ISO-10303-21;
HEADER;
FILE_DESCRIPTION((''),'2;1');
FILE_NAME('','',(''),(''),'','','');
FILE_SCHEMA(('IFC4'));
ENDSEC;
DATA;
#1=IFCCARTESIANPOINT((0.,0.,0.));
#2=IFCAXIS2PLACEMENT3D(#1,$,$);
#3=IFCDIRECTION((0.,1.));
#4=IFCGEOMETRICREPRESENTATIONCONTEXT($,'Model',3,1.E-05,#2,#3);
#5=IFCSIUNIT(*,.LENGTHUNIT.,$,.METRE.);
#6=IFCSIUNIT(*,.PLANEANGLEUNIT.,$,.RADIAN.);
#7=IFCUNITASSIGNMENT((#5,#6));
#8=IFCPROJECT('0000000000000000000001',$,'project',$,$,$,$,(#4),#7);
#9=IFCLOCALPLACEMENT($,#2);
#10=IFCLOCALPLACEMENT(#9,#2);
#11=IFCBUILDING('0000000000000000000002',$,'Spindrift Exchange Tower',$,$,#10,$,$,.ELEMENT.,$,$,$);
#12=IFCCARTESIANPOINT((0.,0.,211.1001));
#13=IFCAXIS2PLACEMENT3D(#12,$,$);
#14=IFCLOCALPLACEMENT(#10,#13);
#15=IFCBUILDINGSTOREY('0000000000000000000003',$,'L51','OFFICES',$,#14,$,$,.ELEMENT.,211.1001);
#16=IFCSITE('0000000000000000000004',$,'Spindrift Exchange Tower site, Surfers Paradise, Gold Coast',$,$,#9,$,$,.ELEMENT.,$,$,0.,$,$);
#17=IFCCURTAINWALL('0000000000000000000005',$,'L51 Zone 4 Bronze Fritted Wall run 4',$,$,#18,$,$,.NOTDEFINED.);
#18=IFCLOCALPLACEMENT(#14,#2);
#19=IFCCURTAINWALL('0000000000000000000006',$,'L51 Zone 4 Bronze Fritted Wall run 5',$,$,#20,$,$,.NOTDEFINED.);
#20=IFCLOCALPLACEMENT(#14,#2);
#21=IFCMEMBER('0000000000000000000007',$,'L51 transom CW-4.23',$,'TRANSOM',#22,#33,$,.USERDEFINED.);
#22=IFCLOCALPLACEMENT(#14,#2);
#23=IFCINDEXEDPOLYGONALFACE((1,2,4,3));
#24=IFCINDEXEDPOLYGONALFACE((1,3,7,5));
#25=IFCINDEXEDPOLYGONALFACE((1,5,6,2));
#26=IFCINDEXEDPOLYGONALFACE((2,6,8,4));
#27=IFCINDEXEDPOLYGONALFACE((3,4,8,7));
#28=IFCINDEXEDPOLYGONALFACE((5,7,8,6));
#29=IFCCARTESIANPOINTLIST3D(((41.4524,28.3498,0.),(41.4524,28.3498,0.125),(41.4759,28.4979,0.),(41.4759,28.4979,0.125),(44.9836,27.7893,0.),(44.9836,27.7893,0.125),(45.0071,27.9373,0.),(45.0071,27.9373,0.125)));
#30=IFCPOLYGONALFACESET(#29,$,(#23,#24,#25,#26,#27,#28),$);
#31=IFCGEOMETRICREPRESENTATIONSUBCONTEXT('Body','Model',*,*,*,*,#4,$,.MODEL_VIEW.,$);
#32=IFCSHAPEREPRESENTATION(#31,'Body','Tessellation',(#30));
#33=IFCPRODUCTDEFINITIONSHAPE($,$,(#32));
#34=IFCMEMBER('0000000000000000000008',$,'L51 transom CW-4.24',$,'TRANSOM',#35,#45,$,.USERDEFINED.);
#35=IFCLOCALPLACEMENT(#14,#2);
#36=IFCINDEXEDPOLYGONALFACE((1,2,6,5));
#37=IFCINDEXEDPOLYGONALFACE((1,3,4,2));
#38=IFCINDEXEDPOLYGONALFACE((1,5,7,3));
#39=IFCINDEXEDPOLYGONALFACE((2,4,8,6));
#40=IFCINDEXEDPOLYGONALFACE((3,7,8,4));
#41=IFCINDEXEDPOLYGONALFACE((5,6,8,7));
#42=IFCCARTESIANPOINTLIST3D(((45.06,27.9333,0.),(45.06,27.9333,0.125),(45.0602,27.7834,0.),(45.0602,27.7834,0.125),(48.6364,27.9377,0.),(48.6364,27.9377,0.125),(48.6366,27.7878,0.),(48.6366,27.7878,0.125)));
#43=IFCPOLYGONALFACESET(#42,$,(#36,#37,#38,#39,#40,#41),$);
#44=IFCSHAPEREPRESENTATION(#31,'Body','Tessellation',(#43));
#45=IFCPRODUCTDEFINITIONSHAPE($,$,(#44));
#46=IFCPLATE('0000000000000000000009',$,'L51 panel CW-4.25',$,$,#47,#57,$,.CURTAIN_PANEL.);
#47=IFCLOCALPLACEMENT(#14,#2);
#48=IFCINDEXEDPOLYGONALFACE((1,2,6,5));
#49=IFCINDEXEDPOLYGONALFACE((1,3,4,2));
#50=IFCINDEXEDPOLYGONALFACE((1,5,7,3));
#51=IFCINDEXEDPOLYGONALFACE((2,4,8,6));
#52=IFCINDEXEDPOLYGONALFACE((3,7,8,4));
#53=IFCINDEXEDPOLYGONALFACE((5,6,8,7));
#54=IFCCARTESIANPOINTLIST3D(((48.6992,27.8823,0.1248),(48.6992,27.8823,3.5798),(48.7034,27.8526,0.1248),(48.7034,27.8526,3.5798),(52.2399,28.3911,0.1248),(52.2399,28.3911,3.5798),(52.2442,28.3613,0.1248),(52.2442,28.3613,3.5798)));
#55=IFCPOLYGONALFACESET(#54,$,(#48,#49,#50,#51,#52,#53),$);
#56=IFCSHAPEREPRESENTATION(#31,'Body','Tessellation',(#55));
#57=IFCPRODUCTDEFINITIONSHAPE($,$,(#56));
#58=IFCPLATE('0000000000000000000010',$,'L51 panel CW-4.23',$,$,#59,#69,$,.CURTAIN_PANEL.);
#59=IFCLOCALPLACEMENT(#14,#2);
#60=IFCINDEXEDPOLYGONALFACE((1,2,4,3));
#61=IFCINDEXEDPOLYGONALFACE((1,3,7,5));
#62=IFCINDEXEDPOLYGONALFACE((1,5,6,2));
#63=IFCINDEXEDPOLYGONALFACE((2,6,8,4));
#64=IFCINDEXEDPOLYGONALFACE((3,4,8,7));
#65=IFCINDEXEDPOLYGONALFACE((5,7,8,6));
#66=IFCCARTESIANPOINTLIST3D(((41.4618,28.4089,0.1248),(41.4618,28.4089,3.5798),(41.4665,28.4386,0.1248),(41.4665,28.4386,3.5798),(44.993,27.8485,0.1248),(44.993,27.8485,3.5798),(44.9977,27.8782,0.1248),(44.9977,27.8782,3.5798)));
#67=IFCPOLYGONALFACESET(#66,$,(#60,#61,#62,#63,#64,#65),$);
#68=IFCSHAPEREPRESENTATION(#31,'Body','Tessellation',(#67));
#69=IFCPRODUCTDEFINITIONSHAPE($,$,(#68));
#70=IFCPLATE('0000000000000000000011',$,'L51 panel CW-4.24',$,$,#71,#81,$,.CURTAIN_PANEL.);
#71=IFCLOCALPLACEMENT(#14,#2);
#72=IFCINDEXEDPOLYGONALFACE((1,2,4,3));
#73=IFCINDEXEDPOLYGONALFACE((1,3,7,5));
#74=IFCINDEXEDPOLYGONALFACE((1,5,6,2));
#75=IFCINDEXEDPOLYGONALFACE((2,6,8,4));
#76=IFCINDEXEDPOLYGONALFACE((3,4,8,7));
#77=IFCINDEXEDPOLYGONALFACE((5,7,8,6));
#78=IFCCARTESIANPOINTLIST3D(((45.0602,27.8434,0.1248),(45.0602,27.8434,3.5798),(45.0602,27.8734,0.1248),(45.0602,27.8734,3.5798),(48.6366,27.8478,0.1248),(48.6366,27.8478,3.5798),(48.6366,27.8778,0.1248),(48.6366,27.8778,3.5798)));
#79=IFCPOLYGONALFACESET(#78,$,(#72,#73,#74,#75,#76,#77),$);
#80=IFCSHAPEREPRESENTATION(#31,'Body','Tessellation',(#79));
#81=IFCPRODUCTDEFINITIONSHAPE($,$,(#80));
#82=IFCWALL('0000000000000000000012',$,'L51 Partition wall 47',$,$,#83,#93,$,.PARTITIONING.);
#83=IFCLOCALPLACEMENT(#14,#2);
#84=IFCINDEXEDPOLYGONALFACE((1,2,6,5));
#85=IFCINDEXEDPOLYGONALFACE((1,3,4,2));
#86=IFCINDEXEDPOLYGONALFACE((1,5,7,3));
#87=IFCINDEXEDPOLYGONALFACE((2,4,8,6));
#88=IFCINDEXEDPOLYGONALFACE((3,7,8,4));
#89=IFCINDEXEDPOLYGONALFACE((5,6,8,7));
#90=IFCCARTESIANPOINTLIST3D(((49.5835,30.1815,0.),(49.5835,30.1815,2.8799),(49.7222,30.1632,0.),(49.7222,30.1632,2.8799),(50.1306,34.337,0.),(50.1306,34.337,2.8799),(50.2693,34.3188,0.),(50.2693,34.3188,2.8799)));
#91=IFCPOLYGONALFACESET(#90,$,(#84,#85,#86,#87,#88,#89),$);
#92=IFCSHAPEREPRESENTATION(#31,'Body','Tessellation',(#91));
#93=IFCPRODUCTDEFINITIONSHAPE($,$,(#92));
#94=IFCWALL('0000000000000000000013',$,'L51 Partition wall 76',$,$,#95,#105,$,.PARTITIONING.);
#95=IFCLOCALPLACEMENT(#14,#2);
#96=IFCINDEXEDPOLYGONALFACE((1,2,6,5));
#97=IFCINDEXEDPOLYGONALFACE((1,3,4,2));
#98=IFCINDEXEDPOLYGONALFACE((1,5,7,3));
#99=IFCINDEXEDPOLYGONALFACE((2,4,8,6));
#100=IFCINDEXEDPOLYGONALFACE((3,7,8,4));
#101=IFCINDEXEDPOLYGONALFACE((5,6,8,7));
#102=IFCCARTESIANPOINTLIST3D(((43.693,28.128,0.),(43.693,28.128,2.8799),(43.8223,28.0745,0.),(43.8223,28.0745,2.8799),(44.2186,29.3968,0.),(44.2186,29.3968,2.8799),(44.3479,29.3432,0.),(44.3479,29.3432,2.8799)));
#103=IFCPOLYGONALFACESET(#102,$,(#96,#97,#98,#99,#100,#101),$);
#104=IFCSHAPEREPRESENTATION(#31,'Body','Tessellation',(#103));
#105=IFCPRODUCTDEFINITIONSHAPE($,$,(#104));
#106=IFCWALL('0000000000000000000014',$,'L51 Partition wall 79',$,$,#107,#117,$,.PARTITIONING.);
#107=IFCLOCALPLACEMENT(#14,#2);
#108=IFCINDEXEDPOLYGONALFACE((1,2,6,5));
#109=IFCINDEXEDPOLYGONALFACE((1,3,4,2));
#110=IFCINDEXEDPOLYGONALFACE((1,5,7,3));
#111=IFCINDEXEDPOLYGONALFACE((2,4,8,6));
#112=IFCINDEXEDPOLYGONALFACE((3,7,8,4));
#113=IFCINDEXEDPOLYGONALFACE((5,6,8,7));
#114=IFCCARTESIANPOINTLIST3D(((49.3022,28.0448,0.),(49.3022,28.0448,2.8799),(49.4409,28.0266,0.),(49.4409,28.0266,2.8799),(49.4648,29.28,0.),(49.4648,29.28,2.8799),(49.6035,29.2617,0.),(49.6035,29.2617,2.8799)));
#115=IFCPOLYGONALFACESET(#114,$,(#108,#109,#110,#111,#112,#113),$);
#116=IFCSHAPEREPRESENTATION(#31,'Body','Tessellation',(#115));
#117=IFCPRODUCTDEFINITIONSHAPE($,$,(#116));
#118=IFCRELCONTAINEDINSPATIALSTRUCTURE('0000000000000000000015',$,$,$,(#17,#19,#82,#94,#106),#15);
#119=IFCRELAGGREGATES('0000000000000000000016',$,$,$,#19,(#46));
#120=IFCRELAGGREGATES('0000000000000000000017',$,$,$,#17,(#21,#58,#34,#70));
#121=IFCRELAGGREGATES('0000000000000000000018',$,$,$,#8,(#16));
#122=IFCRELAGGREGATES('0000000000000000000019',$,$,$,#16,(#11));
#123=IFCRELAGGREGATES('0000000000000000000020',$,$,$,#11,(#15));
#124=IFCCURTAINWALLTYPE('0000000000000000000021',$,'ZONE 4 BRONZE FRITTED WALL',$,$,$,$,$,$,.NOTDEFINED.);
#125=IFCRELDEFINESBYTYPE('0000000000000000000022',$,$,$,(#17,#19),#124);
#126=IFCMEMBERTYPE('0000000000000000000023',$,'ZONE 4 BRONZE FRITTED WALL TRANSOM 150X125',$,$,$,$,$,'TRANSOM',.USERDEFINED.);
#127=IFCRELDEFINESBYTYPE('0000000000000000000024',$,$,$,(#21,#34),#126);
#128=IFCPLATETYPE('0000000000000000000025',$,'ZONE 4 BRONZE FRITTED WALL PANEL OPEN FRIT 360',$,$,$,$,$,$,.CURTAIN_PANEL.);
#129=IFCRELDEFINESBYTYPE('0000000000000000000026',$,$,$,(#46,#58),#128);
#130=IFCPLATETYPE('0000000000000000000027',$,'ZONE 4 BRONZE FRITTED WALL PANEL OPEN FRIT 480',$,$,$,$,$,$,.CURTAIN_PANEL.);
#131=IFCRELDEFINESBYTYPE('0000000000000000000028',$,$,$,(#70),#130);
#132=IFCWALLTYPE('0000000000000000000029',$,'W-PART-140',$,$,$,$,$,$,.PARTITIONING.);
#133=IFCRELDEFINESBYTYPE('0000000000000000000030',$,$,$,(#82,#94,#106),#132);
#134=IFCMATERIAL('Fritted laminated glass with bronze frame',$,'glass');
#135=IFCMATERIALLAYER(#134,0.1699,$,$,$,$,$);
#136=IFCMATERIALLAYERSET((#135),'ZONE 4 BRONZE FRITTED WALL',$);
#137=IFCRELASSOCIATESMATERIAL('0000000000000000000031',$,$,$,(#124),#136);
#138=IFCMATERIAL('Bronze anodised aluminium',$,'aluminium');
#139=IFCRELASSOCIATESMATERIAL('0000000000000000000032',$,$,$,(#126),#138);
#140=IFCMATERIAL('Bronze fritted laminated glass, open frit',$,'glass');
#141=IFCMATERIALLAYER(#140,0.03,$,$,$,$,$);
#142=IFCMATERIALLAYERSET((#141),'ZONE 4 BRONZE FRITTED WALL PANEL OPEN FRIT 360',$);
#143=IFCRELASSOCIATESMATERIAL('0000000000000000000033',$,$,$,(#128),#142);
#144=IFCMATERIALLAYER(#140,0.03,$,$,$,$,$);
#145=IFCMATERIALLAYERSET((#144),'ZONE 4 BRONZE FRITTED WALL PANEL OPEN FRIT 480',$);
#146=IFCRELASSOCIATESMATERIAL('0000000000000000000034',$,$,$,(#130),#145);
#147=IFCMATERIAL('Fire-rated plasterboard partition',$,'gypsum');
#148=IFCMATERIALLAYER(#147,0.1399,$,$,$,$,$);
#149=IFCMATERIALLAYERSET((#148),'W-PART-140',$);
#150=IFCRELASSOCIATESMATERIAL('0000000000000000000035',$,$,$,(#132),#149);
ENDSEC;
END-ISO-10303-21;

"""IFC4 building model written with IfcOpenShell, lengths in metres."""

from ifc_helpers import new_model, si_unit, direction, frame, frame_2d, origin, origin_2d, place, context, subcontext, project, spatial, rectangle, extrude, source, transform, mapped, material, layer, layer_set, material_profile, profile_set, type_object, element, aggregate, save


model = new_model("IFC4")

# Units and contexts
model_context = context("Model", 3, precision=1e-05, world=origin(), true_north=direction((0.0, 1.0)))
body_context = subcontext(model_context, "Body", "Model", "MODEL_VIEW")
ifc_project = project(units=[si_unit("LENGTHUNIT", "METRE"), si_unit("PLANEANGLEUNIT", "RADIAN")], contexts=[model_context])

# Site, building, storey
site_placement = place(None, origin())
site = spatial("IfcSite", under=ifc_project, at=site_placement, Name="Spindrift Exchange Tower site, Surfers Paradise, Gold Coast", CompositionType="ELEMENT", RefElevation=0.0)
building_placement = place(site_placement, origin())
building = spatial("IfcBuilding", under=site, at=building_placement, Name="Spindrift Exchange Tower", CompositionType="ELEMENT")
storey_placement = place(building_placement, frame((0.0, 0.0, 211.1001)))
storey = spatial("IfcBuildingStorey", under=building, at=storey_placement, Name="L51", Description="OFFICES", CompositionType="ELEMENT", Elevation=211.1001)

# Curtain walls
ifc_material_1 = material(Name="Fritted laminated glass with bronze frame", Category="glass")
ifc_layer_1 = layer(ifc_material_1, 0.1699)
ifc_layer_set_1 = layer_set([ifc_layer_1], Name="ZONE 4 BRONZE FRITTED WALL")
curtain_wall_type = type_object("IfcCurtainWallType", Name="ZONE 4 BRONZE FRITTED WALL", PredefinedType="NOTDEFINED", material=ifc_layer_set_1)
curtain_wall_1_placement = place(storey_placement, origin())
curtain_wall_1 = element("IfcCurtainWall", 1, at=curtain_wall_1_placement, inside=storey, type_object=curtain_wall_type, Name="L51 Zone 4 Bronze Fritted Wall run 4", PredefinedType="NOTDEFINED")
ifc_material_2 = material(Name="Bronze anodised aluminium", Category="aluminium")
curtain_wall_2_placement = place(storey_placement, origin())
curtain_wall_2 = element("IfcCurtainWall", 2, at=curtain_wall_2_placement, inside=storey, type_object=curtain_wall_type, Name="L51 Zone 4 Bronze Fritted Wall run 5", PredefinedType="NOTDEFINED")
ifc_material_profile_1 = material_profile(ifc_material_2, rectangle(XDim=0.1499, YDim=0.125, at=origin_2d()), Name="ZONE 4 BRONZE FRITTED WALL TRANSOM 150X125")
ifc_profile_set_1 = profile_set([ifc_material_profile_1], Name="Bronze anodised aluminium")
member_type_1 = type_object("IfcMemberType", Name="ZONE 4 BRONZE FRITTED WALL TRANSOM 150X125", ElementType="TRANSOM", PredefinedType="USERDEFINED", material=ifc_profile_set_1)

# Members
shared_shape_1 = source(origin(), body_context, "Body", "SweptSolid", [
    extrude(rectangle(XDim=0.1499, YDim=0.125, at=origin_2d()), origin(), (0.0, 0.0, 1.0), 3.5754),
])
member_1_placement = place(storey_placement, frame((41.4641, 28.4238, 0.0625), z_axis=(0.987634, -0.156776, 0.0), x_axis=(0.156776, 0.987634, 0.0)))
member_1 = element("IfcMember", 3, at=member_1_placement, type_object=member_type_1, Name="L51 transom CW-4.23", ObjectType="TRANSOM", PredefinedType="USERDEFINED", context=body_context, shape_type="MappedRepresentation", body=[
    mapped(shared_shape_1, transform((0.0, 0.0, 0.0), scale=1.0)),
])
shared_shape_2 = source(origin(), body_context, "Body", "SweptSolid", [
    extrude(rectangle(XDim=0.1499, YDim=0.125, at=origin_2d()), origin(), (0.0, 0.0, 1.0), 3.5764),
])
member_2_placement = place(storey_placement, frame((45.0601, 27.8584, 0.0625), z_axis=(0.999999, 0.001229, 0.0), x_axis=(-0.001229, 0.999999, 0.0)))
member_2 = element("IfcMember", 4, at=member_2_placement, type_object=member_type_1, Name="L51 transom CW-4.24", ObjectType="TRANSOM", PredefinedType="USERDEFINED", context=body_context, shape_type="MappedRepresentation", body=[
    mapped(shared_shape_2, transform((0.0, 0.0, 0.0), scale=1.0)),
])

# Plates
ifc_material_3 = material(Name="Bronze fritted laminated glass, open frit", Category="glass")
ifc_layer_2 = layer(ifc_material_3, 0.03)
ifc_layer_set_2 = layer_set([ifc_layer_2], Name="ZONE 4 BRONZE FRITTED WALL PANEL OPEN FRIT 360")
plate_type_1 = type_object("IfcPlateType", Name="ZONE 4 BRONZE FRITTED WALL PANEL OPEN FRIT 360", PredefinedType="CURTAIN_PANEL", material=ifc_layer_set_2)
shared_shape_3 = source(origin(), body_context, "Body", "SweptSolid", [
    extrude(rectangle(XDim=3.5771, YDim=0.03, at=origin_2d()), origin(), (0.0, 0.0, 1.0), 3.4551),
])
plate_1_placement = place(storey_placement, frame((50.4717, 28.1218, 0.1248), z_axis=(0.0, 0.0, 1.0), x_axis=(0.989835, 0.142221, 0.0)))
plate_1 = element("IfcPlate", 5, at=plate_1_placement, type_object=plate_type_1, Name="L51 panel CW-4.25", PredefinedType="CURTAIN_PANEL", context=body_context, shape_type="MappedRepresentation", body=[
    mapped(shared_shape_3, transform((0.0, 0.0, 0.0), scale=1.0)),
])
aggregate(curtain_wall_2, [plate_1])
shared_shape_4 = source(origin(), body_context, "Body", "SweptSolid", [
    extrude(rectangle(XDim=3.5754, YDim=0.03, at=origin_2d()), origin(), (0.0, 0.0, 1.0), 3.4551),
])
plate_2_placement = place(storey_placement, frame((43.2297, 28.1436, 0.1248), z_axis=(0.0, 0.0, 1.0), x_axis=(0.987641, -0.156736, 0.0)))
plate_2 = element("IfcPlate", 6, at=plate_2_placement, type_object=plate_type_1, Name="L51 panel CW-4.23", PredefinedType="CURTAIN_PANEL", context=body_context, shape_type="MappedRepresentation", body=[
    mapped(shared_shape_4, transform((0.0, 0.0, 0.0), scale=1.0)),
])
ifc_layer_3 = layer(ifc_material_3, 0.03)
ifc_layer_set_3 = layer_set([ifc_layer_3], Name="ZONE 4 BRONZE FRITTED WALL PANEL OPEN FRIT 480")
plate_type_2 = type_object("IfcPlateType", Name="ZONE 4 BRONZE FRITTED WALL PANEL OPEN FRIT 480", PredefinedType="CURTAIN_PANEL", material=ifc_layer_set_3)
shared_shape_5 = source(origin(), body_context, "Body", "SweptSolid", [
    extrude(rectangle(XDim=3.5764, YDim=0.03, at=origin_2d()), origin(), (0.0, 0.0, 1.0), 3.4551),
])
plate_3_placement = place(storey_placement, frame((46.8484, 27.8606, 0.1248), z_axis=(0.0, 0.0, 1.0), x_axis=(0.999999, 0.001236, 0.0)))
plate_3 = element("IfcPlate", 7, at=plate_3_placement, type_object=plate_type_2, Name="L51 panel CW-4.24", PredefinedType="CURTAIN_PANEL", context=body_context, shape_type="MappedRepresentation", body=[
    mapped(shared_shape_5, transform((0.0, 0.0, 0.0), scale=1.0)),
])
aggregate(curtain_wall_1, [member_1, plate_2, member_2, plate_3])

# Walls
ifc_material_4 = material(Name="Fire-rated plasterboard partition", Category="gypsum")
ifc_layer_4 = layer(ifc_material_4, 0.1399)
ifc_layer_set_4 = layer_set([ifc_layer_4], Name="W-PART-140")
wall_type = type_object("IfcWallType", Name="W-PART-140", PredefinedType="PARTITIONING", material=ifc_layer_set_4)
wall_1_placement = place(storey_placement, frame((50.2, 34.3279, 0.0), z_axis=(0.0, 0.0, 1.0), x_axis=(-0.130534, -0.991444, 0.0)))
element("IfcWall", 8, at=wall_1_placement, inside=storey, type_object=wall_type, Name="L51 Partition wall 47", PredefinedType="PARTITIONING", context=body_context, shape_type="SweptSolid", body=[
    extrude(rectangle(XDim=4.1914, YDim=0.1399, at=frame_2d((2.0957, 0.0))), origin(), (0.0, 0.0, 1.0), 2.8799),
])
wall_2_placement = place(storey_placement, frame((44.2832, 29.3699, 0.0), z_axis=(0.0, 0.0, 1.0), x_axis=(-0.382734, -0.923859, 0.0)))
element("IfcWall", 9, at=wall_2_placement, inside=storey, type_object=wall_type, Name="L51 Partition wall 76", PredefinedType="PARTITIONING", context=body_context, shape_type="SweptSolid", body=[
    extrude(rectangle(XDim=1.3733, YDim=0.1399, at=frame_2d((0.6865, 0.0))), origin(), (0.0, 0.0, 1.0), 2.8799),
])
wall_3_placement = place(storey_placement, frame((49.5342, 29.271, 0.0), z_axis=(0.0, 0.0, 1.0), x_axis=(-0.13052, -0.991446, 0.0)))
element("IfcWall", 10, at=wall_3_placement, inside=storey, type_object=wall_type, Name="L51 Partition wall 79", PredefinedType="PARTITIONING", context=body_context, shape_type="SweptSolid", body=[
    extrude(rectangle(XDim=1.2458, YDim=0.1399, at=frame_2d((0.623, 0.0))), origin(), (0.0, 0.0, 1.0), 2.8799),
])

save(model, "model.ifc")
